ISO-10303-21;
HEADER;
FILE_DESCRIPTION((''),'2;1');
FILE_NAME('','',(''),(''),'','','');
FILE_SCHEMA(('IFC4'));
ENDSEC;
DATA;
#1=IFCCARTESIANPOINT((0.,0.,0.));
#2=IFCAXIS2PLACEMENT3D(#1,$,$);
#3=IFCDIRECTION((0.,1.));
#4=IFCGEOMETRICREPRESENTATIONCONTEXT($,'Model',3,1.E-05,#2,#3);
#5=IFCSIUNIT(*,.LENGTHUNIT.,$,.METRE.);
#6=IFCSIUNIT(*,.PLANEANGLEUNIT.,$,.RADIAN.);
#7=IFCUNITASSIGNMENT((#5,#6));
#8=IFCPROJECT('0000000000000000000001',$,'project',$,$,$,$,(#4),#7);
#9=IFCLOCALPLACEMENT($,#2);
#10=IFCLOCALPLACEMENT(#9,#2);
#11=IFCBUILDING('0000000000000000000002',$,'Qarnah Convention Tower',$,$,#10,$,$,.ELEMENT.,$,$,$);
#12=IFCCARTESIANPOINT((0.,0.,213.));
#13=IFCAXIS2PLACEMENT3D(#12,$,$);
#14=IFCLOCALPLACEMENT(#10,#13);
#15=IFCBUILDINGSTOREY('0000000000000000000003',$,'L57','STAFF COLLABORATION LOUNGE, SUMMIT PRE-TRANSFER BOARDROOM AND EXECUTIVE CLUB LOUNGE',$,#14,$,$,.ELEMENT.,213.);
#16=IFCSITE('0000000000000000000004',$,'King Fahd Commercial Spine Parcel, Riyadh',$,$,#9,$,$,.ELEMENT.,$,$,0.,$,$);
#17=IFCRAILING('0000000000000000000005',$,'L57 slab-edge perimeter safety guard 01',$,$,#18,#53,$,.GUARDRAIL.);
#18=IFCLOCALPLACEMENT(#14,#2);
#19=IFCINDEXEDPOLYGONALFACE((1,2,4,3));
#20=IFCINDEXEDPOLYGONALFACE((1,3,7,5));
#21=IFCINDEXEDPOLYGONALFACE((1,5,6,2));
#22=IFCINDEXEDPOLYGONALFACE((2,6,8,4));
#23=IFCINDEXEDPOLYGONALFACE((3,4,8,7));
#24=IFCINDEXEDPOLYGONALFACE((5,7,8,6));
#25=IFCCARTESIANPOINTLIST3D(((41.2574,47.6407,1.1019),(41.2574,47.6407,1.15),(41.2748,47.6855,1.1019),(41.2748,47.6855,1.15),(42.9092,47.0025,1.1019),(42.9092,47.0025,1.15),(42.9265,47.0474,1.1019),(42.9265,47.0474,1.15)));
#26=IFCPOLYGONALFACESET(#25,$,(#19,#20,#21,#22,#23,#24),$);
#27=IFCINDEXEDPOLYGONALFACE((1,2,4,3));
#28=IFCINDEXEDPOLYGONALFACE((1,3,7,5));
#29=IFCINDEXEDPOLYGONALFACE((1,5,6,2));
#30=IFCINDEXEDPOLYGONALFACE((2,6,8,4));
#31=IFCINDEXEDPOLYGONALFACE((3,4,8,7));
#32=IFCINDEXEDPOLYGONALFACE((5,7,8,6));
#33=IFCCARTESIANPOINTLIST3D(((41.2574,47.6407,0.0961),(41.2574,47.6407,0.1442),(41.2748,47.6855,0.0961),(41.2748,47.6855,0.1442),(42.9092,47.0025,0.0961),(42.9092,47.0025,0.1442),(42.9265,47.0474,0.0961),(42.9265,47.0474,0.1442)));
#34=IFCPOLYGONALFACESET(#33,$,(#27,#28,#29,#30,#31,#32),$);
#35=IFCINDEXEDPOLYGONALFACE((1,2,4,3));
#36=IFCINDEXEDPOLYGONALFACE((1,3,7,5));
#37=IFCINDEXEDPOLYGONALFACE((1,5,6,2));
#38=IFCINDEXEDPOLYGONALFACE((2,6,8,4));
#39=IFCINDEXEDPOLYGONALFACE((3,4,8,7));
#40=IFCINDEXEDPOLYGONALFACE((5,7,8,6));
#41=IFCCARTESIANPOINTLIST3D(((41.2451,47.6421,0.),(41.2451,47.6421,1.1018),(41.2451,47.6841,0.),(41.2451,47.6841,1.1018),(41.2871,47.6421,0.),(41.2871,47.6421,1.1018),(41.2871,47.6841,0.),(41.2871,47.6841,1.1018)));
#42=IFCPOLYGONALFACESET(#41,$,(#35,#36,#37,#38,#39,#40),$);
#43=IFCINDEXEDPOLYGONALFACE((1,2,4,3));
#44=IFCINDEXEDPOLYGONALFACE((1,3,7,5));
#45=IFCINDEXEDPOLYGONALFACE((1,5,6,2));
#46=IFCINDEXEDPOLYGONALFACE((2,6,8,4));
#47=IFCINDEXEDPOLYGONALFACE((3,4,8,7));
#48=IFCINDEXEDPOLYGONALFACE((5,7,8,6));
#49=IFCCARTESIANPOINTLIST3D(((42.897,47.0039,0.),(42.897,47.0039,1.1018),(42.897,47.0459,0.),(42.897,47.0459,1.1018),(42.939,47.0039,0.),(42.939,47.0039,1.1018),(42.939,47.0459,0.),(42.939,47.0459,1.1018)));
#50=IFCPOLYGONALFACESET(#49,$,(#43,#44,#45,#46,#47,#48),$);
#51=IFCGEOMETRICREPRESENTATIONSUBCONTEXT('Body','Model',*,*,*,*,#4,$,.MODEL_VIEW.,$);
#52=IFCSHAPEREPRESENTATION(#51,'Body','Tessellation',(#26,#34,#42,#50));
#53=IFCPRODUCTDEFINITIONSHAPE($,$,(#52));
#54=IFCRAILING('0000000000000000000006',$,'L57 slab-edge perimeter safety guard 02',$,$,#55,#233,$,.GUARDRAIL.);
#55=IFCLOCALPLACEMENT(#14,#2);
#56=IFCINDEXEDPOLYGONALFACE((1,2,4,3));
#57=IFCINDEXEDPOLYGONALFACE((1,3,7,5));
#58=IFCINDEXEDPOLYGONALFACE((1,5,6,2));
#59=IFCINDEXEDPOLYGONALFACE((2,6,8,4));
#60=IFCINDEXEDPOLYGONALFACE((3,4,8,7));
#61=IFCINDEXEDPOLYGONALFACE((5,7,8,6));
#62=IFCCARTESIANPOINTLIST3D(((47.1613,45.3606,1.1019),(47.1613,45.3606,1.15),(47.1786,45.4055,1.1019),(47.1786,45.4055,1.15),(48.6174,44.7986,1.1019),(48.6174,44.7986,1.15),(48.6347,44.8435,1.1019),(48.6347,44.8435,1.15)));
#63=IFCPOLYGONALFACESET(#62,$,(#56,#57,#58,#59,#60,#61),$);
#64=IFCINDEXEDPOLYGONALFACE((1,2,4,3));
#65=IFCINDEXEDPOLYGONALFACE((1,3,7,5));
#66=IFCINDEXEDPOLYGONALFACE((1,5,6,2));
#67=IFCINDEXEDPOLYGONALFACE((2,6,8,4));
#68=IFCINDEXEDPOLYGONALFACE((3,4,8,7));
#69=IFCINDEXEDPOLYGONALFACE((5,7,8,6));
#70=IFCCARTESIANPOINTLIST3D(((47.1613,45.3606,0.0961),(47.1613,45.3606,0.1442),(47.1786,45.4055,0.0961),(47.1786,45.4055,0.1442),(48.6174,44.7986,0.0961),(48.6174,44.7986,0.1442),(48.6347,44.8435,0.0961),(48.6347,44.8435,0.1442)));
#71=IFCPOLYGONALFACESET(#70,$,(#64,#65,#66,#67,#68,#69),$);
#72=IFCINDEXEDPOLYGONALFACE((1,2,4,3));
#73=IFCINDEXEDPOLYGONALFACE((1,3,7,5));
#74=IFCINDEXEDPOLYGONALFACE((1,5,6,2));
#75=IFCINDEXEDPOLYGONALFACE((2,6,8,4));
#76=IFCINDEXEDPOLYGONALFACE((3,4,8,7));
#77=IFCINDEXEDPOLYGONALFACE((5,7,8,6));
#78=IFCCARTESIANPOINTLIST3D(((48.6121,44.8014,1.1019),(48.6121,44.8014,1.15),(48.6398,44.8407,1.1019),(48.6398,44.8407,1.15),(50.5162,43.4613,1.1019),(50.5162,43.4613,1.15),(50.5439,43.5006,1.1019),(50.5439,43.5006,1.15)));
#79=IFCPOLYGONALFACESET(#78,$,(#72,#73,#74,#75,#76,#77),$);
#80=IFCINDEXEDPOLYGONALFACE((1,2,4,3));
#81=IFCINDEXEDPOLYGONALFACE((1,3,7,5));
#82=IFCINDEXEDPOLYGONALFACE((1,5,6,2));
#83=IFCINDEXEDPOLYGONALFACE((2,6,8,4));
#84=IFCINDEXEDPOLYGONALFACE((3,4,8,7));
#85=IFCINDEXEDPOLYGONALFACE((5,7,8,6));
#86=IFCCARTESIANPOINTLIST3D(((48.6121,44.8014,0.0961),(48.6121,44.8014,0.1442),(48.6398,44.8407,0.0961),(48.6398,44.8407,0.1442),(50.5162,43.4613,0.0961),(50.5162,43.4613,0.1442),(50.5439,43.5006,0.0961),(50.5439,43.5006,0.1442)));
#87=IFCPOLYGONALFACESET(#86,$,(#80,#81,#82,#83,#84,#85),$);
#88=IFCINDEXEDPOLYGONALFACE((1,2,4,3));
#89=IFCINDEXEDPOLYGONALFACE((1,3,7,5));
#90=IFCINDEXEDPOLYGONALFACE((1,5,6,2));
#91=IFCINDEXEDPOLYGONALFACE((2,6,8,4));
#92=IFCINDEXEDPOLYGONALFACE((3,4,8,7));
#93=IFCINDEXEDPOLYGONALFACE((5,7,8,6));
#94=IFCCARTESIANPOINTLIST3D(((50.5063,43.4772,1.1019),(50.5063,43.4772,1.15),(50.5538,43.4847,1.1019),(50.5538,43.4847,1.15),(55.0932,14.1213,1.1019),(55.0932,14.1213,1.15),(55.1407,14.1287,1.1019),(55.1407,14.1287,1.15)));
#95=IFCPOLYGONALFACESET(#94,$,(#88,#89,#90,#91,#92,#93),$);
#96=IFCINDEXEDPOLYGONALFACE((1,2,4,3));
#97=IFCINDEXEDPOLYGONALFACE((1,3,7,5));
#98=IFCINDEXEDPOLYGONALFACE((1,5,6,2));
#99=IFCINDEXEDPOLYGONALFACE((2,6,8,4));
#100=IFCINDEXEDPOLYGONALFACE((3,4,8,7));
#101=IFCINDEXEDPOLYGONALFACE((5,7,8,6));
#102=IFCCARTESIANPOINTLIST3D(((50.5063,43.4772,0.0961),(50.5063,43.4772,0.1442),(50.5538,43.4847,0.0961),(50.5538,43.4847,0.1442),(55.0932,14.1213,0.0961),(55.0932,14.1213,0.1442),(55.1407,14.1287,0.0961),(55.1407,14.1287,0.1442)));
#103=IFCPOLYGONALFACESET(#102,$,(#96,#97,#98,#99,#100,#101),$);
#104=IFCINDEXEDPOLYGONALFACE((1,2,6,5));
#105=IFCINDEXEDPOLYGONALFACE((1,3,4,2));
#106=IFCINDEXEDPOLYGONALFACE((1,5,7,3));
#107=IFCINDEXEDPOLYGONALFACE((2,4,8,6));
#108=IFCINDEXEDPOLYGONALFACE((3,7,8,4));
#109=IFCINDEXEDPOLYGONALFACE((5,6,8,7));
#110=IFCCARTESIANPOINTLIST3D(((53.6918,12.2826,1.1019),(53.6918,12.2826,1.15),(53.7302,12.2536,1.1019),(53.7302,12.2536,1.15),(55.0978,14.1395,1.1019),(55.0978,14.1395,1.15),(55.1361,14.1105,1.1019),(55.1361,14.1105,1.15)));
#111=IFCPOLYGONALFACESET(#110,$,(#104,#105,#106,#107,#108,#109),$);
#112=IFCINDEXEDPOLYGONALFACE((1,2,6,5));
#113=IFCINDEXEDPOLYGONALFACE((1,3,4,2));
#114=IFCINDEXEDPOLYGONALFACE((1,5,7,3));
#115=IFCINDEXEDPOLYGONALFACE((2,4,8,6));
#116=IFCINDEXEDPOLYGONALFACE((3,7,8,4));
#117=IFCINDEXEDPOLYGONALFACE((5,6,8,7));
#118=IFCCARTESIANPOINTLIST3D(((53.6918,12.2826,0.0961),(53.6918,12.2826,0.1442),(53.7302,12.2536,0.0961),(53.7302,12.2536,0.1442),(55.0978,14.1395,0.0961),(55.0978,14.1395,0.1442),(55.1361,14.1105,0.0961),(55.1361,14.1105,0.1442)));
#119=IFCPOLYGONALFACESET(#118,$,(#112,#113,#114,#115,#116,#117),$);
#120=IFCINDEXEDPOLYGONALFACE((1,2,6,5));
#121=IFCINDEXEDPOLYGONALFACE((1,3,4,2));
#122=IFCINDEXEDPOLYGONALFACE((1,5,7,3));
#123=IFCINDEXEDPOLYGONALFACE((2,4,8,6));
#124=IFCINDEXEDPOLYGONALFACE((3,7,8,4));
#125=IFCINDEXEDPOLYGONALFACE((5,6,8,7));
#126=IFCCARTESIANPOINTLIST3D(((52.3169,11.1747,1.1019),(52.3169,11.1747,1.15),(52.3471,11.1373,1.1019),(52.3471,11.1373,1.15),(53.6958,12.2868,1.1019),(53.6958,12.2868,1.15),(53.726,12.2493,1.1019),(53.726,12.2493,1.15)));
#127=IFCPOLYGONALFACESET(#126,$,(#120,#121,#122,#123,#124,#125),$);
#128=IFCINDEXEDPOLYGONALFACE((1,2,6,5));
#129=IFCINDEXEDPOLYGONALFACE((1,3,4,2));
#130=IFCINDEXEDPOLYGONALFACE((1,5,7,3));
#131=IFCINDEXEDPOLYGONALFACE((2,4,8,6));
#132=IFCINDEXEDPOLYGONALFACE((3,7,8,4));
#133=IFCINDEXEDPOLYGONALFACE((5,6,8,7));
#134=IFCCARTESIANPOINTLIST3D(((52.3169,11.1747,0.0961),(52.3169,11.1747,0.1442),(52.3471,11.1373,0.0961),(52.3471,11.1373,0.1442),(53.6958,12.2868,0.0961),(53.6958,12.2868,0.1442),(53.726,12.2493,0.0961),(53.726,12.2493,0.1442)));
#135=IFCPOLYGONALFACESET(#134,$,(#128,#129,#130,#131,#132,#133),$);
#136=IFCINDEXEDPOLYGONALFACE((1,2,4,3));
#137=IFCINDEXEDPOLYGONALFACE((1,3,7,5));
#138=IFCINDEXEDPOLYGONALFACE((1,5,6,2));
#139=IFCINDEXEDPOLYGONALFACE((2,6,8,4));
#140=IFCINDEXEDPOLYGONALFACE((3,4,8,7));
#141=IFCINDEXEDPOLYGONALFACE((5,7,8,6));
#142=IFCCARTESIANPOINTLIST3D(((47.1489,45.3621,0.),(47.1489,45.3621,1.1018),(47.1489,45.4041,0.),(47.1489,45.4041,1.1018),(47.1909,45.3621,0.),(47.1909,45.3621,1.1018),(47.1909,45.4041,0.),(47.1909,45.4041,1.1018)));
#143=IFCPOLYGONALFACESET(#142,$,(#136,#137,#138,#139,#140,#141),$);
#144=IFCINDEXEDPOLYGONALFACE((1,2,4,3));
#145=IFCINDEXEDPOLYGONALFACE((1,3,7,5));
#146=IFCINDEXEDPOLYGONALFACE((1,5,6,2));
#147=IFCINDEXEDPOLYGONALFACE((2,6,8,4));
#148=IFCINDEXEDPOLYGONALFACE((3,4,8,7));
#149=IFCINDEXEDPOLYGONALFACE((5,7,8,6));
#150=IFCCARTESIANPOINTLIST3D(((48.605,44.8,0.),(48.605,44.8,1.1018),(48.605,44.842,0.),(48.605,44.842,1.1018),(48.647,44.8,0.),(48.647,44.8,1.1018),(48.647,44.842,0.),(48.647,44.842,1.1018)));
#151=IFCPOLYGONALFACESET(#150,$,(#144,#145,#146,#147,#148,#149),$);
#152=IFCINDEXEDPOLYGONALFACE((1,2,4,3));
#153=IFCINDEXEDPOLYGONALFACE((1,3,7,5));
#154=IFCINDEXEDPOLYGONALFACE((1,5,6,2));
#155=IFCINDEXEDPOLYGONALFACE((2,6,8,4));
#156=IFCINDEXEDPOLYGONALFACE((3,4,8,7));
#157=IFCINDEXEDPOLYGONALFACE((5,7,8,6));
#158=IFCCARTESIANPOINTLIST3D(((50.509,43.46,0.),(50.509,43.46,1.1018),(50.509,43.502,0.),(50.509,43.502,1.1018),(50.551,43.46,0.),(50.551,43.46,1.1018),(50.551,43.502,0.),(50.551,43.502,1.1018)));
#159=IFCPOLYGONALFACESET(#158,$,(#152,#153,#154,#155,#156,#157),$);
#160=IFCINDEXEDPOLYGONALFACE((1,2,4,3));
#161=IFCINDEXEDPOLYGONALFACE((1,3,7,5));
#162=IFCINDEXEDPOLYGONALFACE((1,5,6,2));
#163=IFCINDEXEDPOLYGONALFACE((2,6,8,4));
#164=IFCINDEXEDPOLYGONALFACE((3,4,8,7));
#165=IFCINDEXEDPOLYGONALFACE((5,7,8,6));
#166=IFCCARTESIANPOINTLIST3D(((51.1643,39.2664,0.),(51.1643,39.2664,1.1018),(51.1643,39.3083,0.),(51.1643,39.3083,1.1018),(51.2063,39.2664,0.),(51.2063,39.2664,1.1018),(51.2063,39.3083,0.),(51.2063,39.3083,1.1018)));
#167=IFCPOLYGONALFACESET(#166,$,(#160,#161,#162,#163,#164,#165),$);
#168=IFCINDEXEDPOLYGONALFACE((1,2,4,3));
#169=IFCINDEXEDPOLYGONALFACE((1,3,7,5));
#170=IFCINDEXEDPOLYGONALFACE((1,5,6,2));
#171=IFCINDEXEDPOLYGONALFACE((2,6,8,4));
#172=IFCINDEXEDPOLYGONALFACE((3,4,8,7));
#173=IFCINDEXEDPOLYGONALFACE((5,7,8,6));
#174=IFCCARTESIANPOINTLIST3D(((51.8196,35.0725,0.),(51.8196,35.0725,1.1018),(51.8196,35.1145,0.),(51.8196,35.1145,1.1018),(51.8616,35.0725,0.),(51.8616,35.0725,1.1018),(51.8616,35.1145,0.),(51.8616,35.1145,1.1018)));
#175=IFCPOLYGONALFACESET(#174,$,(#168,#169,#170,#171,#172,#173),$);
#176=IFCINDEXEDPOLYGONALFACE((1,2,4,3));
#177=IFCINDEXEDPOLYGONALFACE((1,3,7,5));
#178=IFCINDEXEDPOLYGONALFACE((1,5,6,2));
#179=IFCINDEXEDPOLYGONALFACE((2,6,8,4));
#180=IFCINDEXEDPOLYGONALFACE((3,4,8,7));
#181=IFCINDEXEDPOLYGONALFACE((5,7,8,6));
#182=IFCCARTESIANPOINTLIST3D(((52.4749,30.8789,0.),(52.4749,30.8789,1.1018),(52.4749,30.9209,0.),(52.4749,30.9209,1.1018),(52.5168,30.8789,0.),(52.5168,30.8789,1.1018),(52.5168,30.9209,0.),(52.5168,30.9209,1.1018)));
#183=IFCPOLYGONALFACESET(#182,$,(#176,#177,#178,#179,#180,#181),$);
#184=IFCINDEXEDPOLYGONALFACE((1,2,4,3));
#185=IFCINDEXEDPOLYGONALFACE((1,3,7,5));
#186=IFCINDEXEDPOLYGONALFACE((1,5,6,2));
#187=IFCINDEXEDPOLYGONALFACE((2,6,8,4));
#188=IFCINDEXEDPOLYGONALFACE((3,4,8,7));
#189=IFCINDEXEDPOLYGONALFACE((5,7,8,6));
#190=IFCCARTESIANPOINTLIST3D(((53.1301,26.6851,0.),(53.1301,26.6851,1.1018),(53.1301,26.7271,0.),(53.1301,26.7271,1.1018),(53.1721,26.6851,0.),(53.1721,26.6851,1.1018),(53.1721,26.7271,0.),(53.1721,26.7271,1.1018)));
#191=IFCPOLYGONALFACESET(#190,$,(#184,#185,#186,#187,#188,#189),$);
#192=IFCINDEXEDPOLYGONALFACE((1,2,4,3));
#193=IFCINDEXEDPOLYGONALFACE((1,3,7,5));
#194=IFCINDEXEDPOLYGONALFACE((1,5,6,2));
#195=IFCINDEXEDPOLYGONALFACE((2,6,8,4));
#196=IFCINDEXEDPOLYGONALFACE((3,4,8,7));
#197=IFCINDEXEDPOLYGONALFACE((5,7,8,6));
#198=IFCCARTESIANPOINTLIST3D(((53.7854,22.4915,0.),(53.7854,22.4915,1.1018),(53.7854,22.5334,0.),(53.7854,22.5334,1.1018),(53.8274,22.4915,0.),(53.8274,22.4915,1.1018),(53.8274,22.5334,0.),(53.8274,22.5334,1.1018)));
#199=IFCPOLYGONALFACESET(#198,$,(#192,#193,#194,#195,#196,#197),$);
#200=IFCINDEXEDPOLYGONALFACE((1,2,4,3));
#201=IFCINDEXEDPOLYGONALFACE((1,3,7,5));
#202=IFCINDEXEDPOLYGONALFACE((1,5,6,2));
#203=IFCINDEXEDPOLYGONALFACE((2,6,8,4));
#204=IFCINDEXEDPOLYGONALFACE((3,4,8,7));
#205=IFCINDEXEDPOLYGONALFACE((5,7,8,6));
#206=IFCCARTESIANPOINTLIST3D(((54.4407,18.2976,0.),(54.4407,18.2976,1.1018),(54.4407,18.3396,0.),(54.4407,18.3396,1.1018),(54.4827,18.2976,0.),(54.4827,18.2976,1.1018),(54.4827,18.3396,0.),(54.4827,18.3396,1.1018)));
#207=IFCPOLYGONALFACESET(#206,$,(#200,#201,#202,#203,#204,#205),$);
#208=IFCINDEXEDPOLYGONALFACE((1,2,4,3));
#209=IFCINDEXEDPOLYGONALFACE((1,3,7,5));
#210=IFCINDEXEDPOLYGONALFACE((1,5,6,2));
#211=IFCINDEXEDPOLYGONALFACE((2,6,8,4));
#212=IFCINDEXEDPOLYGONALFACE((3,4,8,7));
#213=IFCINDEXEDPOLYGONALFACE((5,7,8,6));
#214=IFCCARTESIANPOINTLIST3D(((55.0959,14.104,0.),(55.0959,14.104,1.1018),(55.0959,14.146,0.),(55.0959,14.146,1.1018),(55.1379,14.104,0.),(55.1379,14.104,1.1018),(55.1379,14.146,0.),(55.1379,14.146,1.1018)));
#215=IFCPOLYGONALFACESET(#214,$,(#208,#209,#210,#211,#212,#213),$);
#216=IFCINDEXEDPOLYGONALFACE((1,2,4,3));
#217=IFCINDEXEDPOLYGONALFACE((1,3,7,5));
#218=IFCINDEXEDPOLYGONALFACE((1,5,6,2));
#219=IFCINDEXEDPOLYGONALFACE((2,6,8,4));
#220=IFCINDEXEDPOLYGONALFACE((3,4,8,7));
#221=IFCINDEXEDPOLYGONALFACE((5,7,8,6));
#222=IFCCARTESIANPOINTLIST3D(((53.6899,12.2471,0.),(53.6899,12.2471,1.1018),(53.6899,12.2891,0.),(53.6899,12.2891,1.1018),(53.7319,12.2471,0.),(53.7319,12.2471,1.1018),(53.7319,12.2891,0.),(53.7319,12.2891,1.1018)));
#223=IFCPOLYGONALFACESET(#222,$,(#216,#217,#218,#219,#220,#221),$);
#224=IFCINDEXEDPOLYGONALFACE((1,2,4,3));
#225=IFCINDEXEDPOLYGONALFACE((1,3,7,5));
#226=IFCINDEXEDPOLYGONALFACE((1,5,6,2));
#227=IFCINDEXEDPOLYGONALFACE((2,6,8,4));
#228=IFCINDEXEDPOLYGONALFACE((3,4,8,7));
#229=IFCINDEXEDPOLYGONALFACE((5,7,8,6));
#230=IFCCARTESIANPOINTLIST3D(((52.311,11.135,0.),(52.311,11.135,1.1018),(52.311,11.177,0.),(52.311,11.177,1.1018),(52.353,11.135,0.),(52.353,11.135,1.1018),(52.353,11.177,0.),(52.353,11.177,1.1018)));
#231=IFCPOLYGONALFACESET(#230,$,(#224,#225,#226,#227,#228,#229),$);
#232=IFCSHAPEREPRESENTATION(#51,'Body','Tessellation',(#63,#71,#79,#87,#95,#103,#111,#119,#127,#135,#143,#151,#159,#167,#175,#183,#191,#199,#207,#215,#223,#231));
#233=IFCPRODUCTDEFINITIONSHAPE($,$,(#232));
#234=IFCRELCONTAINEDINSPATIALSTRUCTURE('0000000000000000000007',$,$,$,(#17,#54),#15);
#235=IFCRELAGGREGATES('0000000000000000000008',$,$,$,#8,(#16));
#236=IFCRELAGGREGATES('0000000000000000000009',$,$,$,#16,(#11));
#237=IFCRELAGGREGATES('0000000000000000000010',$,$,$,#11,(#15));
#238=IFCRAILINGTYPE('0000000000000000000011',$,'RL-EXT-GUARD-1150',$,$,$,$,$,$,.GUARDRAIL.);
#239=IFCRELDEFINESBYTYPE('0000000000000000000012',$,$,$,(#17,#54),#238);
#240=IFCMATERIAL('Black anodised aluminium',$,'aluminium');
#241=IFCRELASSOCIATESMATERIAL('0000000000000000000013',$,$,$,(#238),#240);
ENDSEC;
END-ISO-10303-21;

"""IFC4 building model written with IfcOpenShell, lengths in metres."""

from ifc_helpers import new_model, si_unit, direction, frame, origin, origin_2d, place, context, subcontext, project, spatial, rectangle, extrude, material, type_object, element, save


model = new_model("IFC4")

# Units and contexts
model_context = context("Model", 3, precision=1e-05, world=origin(), true_north=direction((0.0, 1.0)))
body_context = subcontext(model_context, "Body", "Model", "MODEL_VIEW")
ifc_project = project(units=[si_unit("LENGTHUNIT", "METRE"), si_unit("PLANEANGLEUNIT", "RADIAN")], contexts=[model_context])

# Site, building, storey
site_placement = place(None, origin())
site = spatial("IfcSite", under=ifc_project, at=site_placement, Name="King Fahd Commercial Spine Parcel, Riyadh", CompositionType="ELEMENT", RefElevation=0.0)
building_placement = place(site_placement, origin())
building = spatial("IfcBuilding", under=site, at=building_placement, Name="Qarnah Convention Tower", CompositionType="ELEMENT")
storey_placement = place(building_placement, frame((0.0, 0.0, 213.0)))
storey = spatial("IfcBuildingStorey", under=building, at=storey_placement, Name="L57", Description="STAFF COLLABORATION LOUNGE, SUMMIT PRE-TRANSFER BOARDROOM AND EXECUTIVE CLUB LOUNGE", CompositionType="ELEMENT", Elevation=213.0)

# Shared definitions
ifc_material_1 = material(Name="Black anodised aluminium", Category="aluminium")

# Railings
railing_type = type_object("IfcRailingType", Name="RL-EXT-GUARD-1150", PredefinedType="GUARDRAIL", material=ifc_material_1)
railing_1_placement = place(storey_placement, frame((41.2661, 47.6631, 0.0)))
element("IfcRailing", 1, at=railing_1_placement, inside=storey, type_object=railing_type, Name="L57 slab-edge perimeter safety guard 01", PredefinedType="GUARDRAIL", context=body_context, shape_type="SweptSolid", body=[
    extrude(rectangle(XDim=0.0481, YDim=0.0481, at=origin_2d()), frame((0.0, 0.0, 1.126), z_axis=(0.932804, -0.360383, 0.0), x_axis=(0.360383, 0.932804, 0.0)), (0.0, 0.0, 1.0), 1.7708),
    extrude(rectangle(XDim=0.0481, YDim=0.0481, at=origin_2d()), frame((0.0, 0.0, 0.1201), z_axis=(0.932804, -0.360383, 0.0), x_axis=(0.360383, 0.932804, 0.0)), (0.0, 0.0, 1.0), 1.7708),
    extrude(rectangle(XDim=0.042, YDim=0.042, at=origin_2d()), origin(), (0.0, 0.0, 1.0), 1.1018),
    extrude(rectangle(XDim=0.042, YDim=0.042, at=origin_2d()), frame((1.6519, -0.6382, 0.0)), (0.0, 0.0, 1.0), 1.1018),
])
railing_2_placement = place(storey_placement, frame((47.1699, 45.3831, 0.0)))
element("IfcRailing", 2, at=railing_2_placement, inside=storey, type_object=railing_type, Name="L57 slab-edge perimeter safety guard 02", PredefinedType="GUARDRAIL", context=body_context, shape_type="SweptSolid", body=[
    extrude(rectangle(XDim=0.0481, YDim=0.0481, at=origin_2d()), frame((0.0, 0.0, 1.126), z_axis=(0.932918, -0.36009, 0.0), x_axis=(0.36009, 0.932918, 0.0)), (0.0, 0.0, 1.0), 1.5608),
    extrude(rectangle(XDim=0.0481, YDim=0.0481, at=origin_2d()), frame((0.0, 0.0, 0.1201), z_axis=(0.932918, -0.36009, 0.0), x_axis=(0.36009, 0.932918, 0.0)), (0.0, 0.0, 1.0), 1.5608),
    extrude(rectangle(XDim=0.0481, YDim=0.0481, at=origin_2d()), frame((1.4561, -0.562, 1.126), z_axis=(0.817766, -0.575551, 0.0), x_axis=(0.575551, 0.817766, 0.0)), (0.0, 0.0, 1.0), 2.3284),
    extrude(rectangle(XDim=0.0481, YDim=0.0481, at=origin_2d()), frame((1.4561, -0.562, 0.1201), z_axis=(0.817766, -0.575551, 0.0), x_axis=(0.575551, 0.817766, 0.0)), (0.0, 0.0, 1.0), 2.3284),
    extrude(rectangle(XDim=0.0481, YDim=0.0481, at=origin_2d()), frame((3.3601, -1.9021, 1.126), z_axis=(0.154378, -0.988012, 0.0), x_axis=(0.988012, 0.154378, 0.0)), (0.0, 0.0, 1.0), 29.7122),
    extrude(rectangle(XDim=0.0481, YDim=0.0481, at=origin_2d()), frame((3.3601, -1.9021, 0.1201), z_axis=(0.154378, -0.988012, 0.0), x_axis=(0.988012, 0.154378, 0.0)), (0.0, 0.0, 1.0), 29.7122),
    extrude(rectangle(XDim=0.0481, YDim=0.0481, at=origin_2d()), frame((7.947, -31.2581, 1.126), z_axis=(-0.60365, -0.79725, 0.0), x_axis=(0.79725, -0.60365, 0.0)), (0.0, 0.0, 1.0), 2.3291),
    extrude(rectangle(XDim=0.0481, YDim=0.0481, at=origin_2d()), frame((7.947, -31.2581, 0.1201), z_axis=(-0.60365, -0.79725, 0.0), x_axis=(0.79725, -0.60365, 0.0)), (0.0, 0.0, 1.0), 2.3291),
    extrude(rectangle(XDim=0.0481, YDim=0.0481, at=origin_2d()), frame((6.541, -33.115, 1.126), z_axis=(-0.778402, -0.627766, 0.0), x_axis=(0.627766, -0.778402, 0.0)), (0.0, 0.0, 1.0), 1.7715),
    extrude(rectangle(XDim=0.0481, YDim=0.0481, at=origin_2d()), frame((6.541, -33.115, 0.1201), z_axis=(-0.778402, -0.627766, 0.0), x_axis=(0.627766, -0.778402, 0.0)), (0.0, 0.0, 1.0), 1.7715),
    extrude(rectangle(XDim=0.042, YDim=0.042, at=origin_2d()), origin(), (0.0, 0.0, 1.0), 1.1018),
    extrude(rectangle(XDim=0.042, YDim=0.042, at=origin_2d()), frame((1.4561, -0.562, 0.0)), (0.0, 0.0, 1.0), 1.1018),
    extrude(rectangle(XDim=0.042, YDim=0.042, at=origin_2d()), frame((3.3601, -1.9021, 0.0)), (0.0, 0.0, 1.0), 1.1018),
    extrude(rectangle(XDim=0.042, YDim=0.042, at=origin_2d()), frame((4.0154, -6.0957, 0.0)), (0.0, 0.0, 1.0), 1.1018),
    extrude(rectangle(XDim=0.042, YDim=0.042, at=origin_2d()), frame((4.6707, -10.2896, 0.0)), (0.0, 0.0, 1.0), 1.1018),
    extrude(rectangle(XDim=0.042, YDim=0.042, at=origin_2d()), frame((5.3259, -14.4832, 0.0)), (0.0, 0.0, 1.0), 1.1018),
    extrude(rectangle(XDim=0.042, YDim=0.042, at=origin_2d()), frame((5.9812, -18.677, 0.0)), (0.0, 0.0, 1.0), 1.1018),
    extrude(rectangle(XDim=0.042, YDim=0.042, at=origin_2d()), frame((6.6365, -22.8706, 0.0)), (0.0, 0.0, 1.0), 1.1018),
    extrude(rectangle(XDim=0.042, YDim=0.042, at=origin_2d()), frame((7.2917, -27.0645, 0.0)), (0.0, 0.0, 1.0), 1.1018),
    extrude(rectangle(XDim=0.042, YDim=0.042, at=origin_2d()), frame((7.947, -31.2581, 0.0)), (0.0, 0.0, 1.0), 1.1018),
    extrude(rectangle(XDim=0.042, YDim=0.042, at=origin_2d()), frame((6.541, -33.115, 0.0)), (0.0, 0.0, 1.0), 1.1018),
    extrude(rectangle(XDim=0.042, YDim=0.042, at=origin_2d()), frame((5.1621, -34.2271, 0.0)), (0.0, 0.0, 1.0), 1.1018),
])

save(model, "model.ifc")
